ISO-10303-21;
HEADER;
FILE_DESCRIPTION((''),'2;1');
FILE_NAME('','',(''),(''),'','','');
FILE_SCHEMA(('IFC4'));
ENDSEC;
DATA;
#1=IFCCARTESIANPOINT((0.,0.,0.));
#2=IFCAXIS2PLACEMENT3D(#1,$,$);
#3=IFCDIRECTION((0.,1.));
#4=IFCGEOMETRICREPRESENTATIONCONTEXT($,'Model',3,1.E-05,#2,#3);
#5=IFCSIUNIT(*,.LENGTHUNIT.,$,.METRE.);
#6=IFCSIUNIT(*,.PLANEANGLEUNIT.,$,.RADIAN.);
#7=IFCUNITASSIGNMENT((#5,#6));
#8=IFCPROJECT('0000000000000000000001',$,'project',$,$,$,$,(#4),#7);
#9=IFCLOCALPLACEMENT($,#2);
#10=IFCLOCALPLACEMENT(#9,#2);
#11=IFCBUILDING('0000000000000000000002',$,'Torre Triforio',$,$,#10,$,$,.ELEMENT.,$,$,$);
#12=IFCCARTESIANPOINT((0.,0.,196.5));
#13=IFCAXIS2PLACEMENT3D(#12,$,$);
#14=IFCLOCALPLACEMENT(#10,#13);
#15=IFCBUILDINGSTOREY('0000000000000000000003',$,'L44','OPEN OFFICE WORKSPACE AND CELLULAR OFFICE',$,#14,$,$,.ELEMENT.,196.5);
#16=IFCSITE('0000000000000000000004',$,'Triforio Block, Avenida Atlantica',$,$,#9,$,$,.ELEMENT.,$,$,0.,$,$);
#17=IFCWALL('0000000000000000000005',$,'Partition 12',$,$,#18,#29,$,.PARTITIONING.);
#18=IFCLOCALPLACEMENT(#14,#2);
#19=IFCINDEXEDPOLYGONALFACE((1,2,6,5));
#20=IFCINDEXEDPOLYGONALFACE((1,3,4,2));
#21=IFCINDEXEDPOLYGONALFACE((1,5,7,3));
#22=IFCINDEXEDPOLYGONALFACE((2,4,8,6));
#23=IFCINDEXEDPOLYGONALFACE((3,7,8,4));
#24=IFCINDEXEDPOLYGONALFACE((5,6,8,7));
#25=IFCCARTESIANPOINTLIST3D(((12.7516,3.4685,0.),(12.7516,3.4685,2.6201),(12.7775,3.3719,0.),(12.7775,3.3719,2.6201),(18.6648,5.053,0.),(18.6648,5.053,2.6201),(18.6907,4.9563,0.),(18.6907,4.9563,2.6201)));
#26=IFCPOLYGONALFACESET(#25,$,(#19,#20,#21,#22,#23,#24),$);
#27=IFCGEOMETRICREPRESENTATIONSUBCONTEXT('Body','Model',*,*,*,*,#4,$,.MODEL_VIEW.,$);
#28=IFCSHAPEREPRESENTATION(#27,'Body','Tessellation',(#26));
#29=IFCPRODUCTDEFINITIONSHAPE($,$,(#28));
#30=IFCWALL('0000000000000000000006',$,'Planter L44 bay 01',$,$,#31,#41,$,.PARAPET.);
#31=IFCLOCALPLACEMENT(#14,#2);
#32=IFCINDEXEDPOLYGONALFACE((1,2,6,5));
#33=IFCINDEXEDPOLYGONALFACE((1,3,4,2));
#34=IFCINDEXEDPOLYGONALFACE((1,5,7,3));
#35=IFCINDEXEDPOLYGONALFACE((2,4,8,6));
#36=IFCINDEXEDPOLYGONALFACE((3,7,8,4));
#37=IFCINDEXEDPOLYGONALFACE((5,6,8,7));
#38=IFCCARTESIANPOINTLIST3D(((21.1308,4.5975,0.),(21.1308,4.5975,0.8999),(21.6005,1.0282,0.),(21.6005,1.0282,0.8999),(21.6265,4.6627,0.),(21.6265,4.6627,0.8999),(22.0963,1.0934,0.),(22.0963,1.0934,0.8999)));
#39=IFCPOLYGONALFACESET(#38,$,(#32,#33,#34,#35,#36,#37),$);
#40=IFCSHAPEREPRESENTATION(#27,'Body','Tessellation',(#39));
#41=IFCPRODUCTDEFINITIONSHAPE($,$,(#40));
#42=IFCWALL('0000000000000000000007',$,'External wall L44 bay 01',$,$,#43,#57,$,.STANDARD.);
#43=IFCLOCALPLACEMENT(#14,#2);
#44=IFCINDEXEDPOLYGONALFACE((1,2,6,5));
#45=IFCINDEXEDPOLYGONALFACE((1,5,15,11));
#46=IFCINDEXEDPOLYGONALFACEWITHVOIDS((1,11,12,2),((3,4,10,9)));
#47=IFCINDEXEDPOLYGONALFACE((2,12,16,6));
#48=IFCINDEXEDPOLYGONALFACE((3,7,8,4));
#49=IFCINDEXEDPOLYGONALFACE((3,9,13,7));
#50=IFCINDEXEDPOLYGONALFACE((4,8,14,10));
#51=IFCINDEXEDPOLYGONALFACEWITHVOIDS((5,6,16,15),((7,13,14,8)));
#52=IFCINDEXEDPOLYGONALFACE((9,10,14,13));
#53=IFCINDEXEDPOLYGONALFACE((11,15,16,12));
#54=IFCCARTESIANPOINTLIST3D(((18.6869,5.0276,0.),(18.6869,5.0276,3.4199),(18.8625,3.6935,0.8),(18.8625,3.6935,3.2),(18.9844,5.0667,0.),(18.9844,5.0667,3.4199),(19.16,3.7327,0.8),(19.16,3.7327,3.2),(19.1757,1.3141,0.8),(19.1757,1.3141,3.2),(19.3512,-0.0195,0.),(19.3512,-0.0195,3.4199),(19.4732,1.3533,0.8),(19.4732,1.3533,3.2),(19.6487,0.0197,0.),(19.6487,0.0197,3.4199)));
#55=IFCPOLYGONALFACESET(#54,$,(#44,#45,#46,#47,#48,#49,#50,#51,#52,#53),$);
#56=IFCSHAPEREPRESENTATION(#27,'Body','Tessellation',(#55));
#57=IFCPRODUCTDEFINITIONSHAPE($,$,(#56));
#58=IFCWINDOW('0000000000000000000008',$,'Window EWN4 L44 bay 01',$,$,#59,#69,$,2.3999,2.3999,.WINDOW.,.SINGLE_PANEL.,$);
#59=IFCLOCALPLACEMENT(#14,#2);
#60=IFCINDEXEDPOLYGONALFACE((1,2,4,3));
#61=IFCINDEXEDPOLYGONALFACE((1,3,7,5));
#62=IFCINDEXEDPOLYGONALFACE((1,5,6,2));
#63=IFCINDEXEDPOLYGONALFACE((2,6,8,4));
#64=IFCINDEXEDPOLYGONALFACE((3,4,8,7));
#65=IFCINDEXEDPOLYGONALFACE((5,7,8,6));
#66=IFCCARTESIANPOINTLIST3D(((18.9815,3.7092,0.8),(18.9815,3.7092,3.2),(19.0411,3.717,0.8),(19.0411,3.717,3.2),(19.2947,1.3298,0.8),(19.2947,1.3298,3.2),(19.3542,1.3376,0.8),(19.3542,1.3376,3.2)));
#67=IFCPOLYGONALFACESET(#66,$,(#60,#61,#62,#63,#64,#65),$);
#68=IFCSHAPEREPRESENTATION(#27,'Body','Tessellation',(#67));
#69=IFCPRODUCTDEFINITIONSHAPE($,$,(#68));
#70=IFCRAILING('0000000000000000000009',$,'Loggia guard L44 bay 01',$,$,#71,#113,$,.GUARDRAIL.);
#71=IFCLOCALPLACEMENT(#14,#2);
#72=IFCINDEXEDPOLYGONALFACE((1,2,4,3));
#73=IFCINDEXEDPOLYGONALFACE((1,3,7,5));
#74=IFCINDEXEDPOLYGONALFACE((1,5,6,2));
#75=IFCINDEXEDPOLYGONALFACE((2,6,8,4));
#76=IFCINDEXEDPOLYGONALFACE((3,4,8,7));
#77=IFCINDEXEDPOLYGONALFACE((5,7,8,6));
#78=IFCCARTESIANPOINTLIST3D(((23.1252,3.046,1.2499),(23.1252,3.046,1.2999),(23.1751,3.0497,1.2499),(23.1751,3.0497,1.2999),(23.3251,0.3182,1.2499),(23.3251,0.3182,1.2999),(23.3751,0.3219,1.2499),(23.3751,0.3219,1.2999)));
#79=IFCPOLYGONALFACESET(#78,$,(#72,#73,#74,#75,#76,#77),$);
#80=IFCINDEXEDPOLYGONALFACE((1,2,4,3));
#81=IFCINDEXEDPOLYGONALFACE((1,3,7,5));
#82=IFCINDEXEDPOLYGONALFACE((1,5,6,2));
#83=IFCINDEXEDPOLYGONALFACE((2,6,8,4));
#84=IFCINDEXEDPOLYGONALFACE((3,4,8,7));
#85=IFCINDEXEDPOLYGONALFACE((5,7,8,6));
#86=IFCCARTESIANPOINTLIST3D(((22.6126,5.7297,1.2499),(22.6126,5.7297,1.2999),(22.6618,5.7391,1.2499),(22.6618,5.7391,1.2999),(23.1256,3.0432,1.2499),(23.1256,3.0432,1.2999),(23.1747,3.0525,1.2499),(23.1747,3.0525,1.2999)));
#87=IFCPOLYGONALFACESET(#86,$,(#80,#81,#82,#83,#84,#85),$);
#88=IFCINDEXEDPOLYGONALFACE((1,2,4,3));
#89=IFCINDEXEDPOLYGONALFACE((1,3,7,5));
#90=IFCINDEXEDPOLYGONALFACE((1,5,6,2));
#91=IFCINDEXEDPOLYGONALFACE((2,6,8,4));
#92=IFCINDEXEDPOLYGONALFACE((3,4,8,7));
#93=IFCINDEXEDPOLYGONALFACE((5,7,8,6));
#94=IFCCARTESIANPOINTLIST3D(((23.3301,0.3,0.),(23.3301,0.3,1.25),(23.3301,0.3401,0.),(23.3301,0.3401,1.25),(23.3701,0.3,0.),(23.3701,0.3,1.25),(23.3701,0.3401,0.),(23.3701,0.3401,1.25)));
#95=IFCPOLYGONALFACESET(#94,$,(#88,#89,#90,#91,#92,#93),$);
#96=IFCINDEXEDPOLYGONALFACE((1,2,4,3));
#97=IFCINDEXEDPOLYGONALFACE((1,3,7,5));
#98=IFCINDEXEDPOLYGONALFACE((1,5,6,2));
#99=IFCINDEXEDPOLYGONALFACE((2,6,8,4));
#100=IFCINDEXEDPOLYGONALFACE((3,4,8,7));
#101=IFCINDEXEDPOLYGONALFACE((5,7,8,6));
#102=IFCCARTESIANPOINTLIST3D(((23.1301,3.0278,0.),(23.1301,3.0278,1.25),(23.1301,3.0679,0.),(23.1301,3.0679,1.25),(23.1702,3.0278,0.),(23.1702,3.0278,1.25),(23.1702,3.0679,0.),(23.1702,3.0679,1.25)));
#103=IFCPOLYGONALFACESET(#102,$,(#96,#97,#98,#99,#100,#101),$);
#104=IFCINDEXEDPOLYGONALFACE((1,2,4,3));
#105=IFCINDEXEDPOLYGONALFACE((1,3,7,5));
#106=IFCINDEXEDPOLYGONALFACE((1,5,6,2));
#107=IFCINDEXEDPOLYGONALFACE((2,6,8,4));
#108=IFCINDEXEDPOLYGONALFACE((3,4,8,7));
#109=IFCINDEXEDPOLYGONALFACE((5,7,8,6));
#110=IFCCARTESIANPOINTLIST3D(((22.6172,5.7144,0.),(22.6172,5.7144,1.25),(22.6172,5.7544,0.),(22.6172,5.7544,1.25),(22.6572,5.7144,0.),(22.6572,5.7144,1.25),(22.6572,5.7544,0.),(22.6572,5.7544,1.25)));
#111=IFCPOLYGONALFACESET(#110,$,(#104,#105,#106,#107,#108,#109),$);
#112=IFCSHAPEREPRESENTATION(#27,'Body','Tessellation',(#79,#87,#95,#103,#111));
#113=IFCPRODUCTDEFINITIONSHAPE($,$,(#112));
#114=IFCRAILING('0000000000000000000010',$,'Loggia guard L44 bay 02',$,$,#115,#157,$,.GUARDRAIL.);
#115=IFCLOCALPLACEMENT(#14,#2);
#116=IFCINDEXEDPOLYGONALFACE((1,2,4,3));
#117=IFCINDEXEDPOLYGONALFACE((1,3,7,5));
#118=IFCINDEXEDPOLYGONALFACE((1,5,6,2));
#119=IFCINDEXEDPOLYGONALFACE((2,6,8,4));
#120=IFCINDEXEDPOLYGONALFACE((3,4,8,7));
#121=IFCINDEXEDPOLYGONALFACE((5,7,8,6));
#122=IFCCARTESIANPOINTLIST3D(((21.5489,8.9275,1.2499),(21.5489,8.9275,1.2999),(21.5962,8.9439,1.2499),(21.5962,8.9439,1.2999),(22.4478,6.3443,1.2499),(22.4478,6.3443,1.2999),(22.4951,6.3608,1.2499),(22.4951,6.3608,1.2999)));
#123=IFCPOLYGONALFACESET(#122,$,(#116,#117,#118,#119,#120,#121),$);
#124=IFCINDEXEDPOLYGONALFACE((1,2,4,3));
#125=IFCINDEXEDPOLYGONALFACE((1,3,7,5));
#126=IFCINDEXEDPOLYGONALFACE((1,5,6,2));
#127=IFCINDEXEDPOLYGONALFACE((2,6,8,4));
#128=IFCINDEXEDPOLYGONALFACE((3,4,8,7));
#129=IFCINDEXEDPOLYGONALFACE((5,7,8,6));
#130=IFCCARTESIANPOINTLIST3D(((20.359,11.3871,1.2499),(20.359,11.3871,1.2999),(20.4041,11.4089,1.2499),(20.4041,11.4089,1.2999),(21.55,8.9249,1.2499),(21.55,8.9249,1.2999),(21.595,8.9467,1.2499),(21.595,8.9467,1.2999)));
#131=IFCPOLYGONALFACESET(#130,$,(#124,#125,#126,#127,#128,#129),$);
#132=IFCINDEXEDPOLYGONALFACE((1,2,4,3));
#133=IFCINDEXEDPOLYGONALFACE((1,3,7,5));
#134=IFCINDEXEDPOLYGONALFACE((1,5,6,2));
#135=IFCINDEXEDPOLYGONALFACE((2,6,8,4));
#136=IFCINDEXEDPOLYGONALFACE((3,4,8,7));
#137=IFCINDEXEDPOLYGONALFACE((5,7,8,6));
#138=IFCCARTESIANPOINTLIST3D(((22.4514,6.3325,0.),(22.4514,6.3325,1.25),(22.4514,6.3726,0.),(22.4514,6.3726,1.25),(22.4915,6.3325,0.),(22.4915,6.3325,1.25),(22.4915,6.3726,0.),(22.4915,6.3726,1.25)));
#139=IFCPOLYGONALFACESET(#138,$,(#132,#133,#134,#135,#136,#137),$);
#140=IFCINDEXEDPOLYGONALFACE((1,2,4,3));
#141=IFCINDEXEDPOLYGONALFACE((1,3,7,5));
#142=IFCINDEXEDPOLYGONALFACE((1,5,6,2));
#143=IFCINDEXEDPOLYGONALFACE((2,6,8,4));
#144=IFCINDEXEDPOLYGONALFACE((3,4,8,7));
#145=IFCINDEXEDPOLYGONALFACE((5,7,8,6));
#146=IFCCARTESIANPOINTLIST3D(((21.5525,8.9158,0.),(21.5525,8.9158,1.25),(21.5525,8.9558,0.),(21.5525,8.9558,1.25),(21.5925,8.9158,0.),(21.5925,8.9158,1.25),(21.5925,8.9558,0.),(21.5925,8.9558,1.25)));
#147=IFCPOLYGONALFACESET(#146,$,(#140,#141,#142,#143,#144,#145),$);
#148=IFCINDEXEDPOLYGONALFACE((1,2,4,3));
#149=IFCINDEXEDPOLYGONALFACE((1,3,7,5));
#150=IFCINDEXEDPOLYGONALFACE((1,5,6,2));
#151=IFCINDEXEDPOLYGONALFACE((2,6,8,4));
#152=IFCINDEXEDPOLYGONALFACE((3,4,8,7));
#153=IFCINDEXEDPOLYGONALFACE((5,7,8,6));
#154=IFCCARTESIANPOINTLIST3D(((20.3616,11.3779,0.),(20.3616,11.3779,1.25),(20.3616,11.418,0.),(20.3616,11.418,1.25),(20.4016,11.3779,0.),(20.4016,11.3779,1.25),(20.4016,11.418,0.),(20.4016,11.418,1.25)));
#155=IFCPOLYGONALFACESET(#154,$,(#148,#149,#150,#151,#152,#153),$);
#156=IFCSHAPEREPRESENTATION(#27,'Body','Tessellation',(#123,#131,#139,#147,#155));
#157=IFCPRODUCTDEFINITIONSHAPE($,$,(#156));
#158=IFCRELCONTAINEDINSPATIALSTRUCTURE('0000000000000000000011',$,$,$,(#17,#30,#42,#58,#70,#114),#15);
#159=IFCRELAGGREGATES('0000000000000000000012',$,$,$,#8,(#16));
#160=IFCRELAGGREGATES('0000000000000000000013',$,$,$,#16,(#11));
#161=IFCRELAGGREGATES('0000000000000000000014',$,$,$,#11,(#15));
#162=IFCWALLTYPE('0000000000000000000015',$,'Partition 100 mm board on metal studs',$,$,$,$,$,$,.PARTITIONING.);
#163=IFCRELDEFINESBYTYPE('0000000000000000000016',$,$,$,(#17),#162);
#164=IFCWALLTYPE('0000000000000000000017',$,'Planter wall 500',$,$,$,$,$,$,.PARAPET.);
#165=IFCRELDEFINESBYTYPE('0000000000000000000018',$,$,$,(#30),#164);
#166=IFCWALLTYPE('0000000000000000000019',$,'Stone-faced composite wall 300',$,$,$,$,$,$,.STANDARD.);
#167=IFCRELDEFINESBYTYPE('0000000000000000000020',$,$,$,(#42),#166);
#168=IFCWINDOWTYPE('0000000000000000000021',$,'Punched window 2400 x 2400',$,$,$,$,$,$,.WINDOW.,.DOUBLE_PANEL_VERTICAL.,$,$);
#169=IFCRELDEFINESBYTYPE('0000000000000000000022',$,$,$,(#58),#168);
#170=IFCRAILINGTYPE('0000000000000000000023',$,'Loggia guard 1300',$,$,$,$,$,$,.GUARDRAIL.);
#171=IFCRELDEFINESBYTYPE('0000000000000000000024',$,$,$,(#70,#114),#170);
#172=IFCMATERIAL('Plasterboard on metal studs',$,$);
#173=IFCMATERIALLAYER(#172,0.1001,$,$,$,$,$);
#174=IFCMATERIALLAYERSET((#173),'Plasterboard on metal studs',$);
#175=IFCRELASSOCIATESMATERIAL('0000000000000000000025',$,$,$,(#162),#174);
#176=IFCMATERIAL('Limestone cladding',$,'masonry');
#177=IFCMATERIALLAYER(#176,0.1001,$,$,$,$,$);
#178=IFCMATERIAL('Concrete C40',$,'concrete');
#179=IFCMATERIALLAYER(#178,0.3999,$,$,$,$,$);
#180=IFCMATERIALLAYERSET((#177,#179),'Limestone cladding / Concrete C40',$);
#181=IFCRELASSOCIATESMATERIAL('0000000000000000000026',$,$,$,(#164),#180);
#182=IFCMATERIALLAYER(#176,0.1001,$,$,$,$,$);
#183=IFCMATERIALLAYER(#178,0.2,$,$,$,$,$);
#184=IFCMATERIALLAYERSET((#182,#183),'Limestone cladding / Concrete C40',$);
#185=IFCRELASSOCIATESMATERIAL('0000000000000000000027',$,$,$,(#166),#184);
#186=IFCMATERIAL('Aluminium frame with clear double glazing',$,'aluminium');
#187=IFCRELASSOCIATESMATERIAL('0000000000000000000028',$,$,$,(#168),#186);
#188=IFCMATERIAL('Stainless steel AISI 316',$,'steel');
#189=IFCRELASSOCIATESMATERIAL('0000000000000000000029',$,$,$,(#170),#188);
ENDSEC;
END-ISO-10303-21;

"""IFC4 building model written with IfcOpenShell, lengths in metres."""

from ifc_helpers import new_model, si_unit, direction, frame, frame_2d, origin, origin_2d, place, context, subcontext, project, spatial, rectangle, extrude, material, layer, layer_set, type_object, element, fill, save


model = new_model("IFC4")

# Units and contexts
model_context = context("Model", 3, precision=1e-05, world=origin(), true_north=direction((0.0, 1.0)))
body_context = subcontext(model_context, "Body", "Model", "MODEL_VIEW")
ifc_project = project(units=[si_unit("LENGTHUNIT", "METRE"), si_unit("PLANEANGLEUNIT", "RADIAN")], contexts=[model_context])

# Site, building, storey
site_placement = place(None, origin())
site = spatial("IfcSite", under=ifc_project, at=site_placement, Name="Triforio Block, Avenida Atlantica", CompositionType="ELEMENT", RefElevation=0.0)
building_placement = place(site_placement, origin())
building = spatial("IfcBuilding", under=site, at=building_placement, Name="Torre Triforio", CompositionType="ELEMENT")
storey_placement = place(building_placement, frame((0.0, 0.0, 196.5)))
storey = spatial("IfcBuildingStorey", under=building, at=storey_placement, Name="L44", Description="OPEN OFFICE WORKSPACE AND CELLULAR OFFICE", CompositionType="ELEMENT", Elevation=196.5)

# Shared definitions
ifc_material_1 = material(Name="Concrete C40", Category="concrete")

# Shared definitions
ifc_material_2 = material(Name="Plasterboard on metal studs")

# Walls
ifc_layer_1 = layer(ifc_material_2, 0.1001)
ifc_layer_set_1 = layer_set([ifc_layer_1], Name="Plasterboard on metal studs")
wall_type_1 = type_object("IfcWallType", Name="Partition 100 mm board on metal studs", PredefinedType="PARTITIONING", material=ifc_layer_set_1)
wall_1_placement = place(storey_placement, frame((12.7644, 3.4202, 0.0), z_axis=(0.0, 0.0, 1.0), x_axis=(0.965926, 0.258819, 0.0)))
element("IfcWall", 1, at=wall_1_placement, inside=storey, type_object=wall_type_1, Name="Partition 12", PredefinedType="PARTITIONING", context=body_context, shape_type="SweptSolid", body=[
    extrude(rectangle(XDim=6.1218, YDim=0.1001, at=frame_2d((3.061, 0.0))), origin(), (0.0, 0.0, 1.0), 2.6201),
])
ifc_material_3 = material(Name="Limestone cladding", Category="masonry")
ifc_layer_2 = layer(ifc_material_3, 0.1001)
ifc_layer_3 = layer(ifc_material_1, 0.3999)
ifc_layer_set_2 = layer_set([ifc_layer_2, ifc_layer_3], Name="Limestone cladding / Concrete C40")
wall_type_2 = type_object("IfcWallType", Name="Planter wall 500", PredefinedType="PARAPET", material=ifc_layer_set_2)
wall_2_placement = place(storey_placement, frame((21.8484, 1.0608, 0.0), z_axis=(0.0, 0.0, 1.0), x_axis=(-0.130476, 0.991452, 0.0)))
element("IfcWall", 2, at=wall_2_placement, inside=storey, type_object=wall_type_2, Name="Planter L44 bay 01", PredefinedType="PARAPET", context=body_context, shape_type="SweptSolid", body=[
    extrude(rectangle(XDim=3.6001, YDim=0.5, at=frame_2d((1.8, 0.0))), origin(), (0.0, 0.0, 1.0), 0.8999),
])

# Wall, opening, window
ifc_layer_4 = layer(ifc_material_3, 0.1001)
ifc_layer_5 = layer(ifc_material_1, 0.2)
ifc_layer_set_3 = layer_set([ifc_layer_4, ifc_layer_5], Name="Limestone cladding / Concrete C40")
wall_type_3 = type_object("IfcWallType", Name="Stone-faced composite wall 300", PredefinedType="STANDARD", material=ifc_layer_set_3)
wall_3_placement = place(storey_placement, frame((19.5, 0.0, 0.0), z_axis=(0.0, 0.0, 1.0), x_axis=(-0.130495, 0.991449, 0.0)))
wall_3 = element("IfcWall", 3, at=wall_3_placement, inside=storey, type_object=wall_type_3, Name="External wall L44 bay 01", PredefinedType="STANDARD", context=body_context, shape_type="SweptSolid", body=[
    extrude(rectangle(XDim=5.0906, YDim=0.3, at=frame_2d((2.5454, 0.0))), origin(), (0.0, 0.0, 1.0), 3.4199),
])
opening_1_placement = place(wall_3_placement, frame((1.3452, 0.0, 0.8)))
opening_1 = element("IfcOpeningElement", 4, at=opening_1_placement, cuts=wall_3, PredefinedType="OPENING", context=body_context, shape_type="SweptSolid", body=[
    extrude(rectangle(XDim=2.3999, YDim=2.3999, at=frame_2d((1.2, 1.2))), frame((0.0, 0.1599, 0.0), z_axis=(0.0, -1.0, 0.0), x_axis=(1.0, 0.0, 0.0)), (0.0, 0.0, 1.0), 0.3201),
])
ifc_material_4 = material(Name="Aluminium frame with clear double glazing", Category="aluminium")
window_type_1 = type_object("IfcWindowType", Name="Punched window 2400 x 2400", PartitioningType="DOUBLE_PANEL_VERTICAL", PredefinedType="WINDOW", material=ifc_material_4)
window_1_placement = place(opening_1_placement, origin())
window_1 = element("IfcWindow", 5, at=window_1_placement, inside=storey, type_object=window_type_1, Name="Window EWN4 L44 bay 01", OverallHeight=2.3999, OverallWidth=2.3999, PartitioningType="SINGLE_PANEL", PredefinedType="WINDOW", context=body_context, shape_type="SweptSolid", body=[
    extrude(rectangle(XDim=2.3999, YDim=2.3999, at=frame_2d((1.2, 1.2))), frame((0.0, 0.03, 0.0), z_axis=(0.0, -1.0, 0.0), x_axis=(1.0, 0.0, 0.0)), (0.0, 0.0, 1.0), 0.0601),
])
fill(opening_1, window_1)

# Railings
ifc_material_5 = material(Name="Stainless steel AISI 316", Category="steel")
railing_type = type_object("IfcRailingType", Name="Loggia guard 1300", PredefinedType="GUARDRAIL", material=ifc_material_5)
railing_1_placement = place(storey_placement, frame((23.3501, 0.3201, 0.0)))
element("IfcRailing", 6, at=railing_1_placement, inside=storey, type_object=railing_type, Name="Loggia guard L44 bay 01", PredefinedType="GUARDRAIL", context=body_context, shape_type="SweptSolid", body=[
    extrude(rectangle(XDim=0.05, YDim=0.05, at=origin_2d()), frame((0.0, 0.0, 1.2749), z_axis=(-0.073106, 0.997324, 0.0), x_axis=(-0.997324, -0.073106, 0.0)), (0.0, 0.0, 1.0), 2.7351),
    extrude(rectangle(XDim=0.05, YDim=0.05, at=origin_2d()), frame((-0.2, 2.7278, 1.2749), z_axis=(-0.187543, 0.982256, 0.0), x_axis=(-0.982256, -0.187543, 0.0)), (0.0, 0.0, 1.0), 2.7351),
    extrude(rectangle(XDim=0.04, YDim=0.04, at=origin_2d()), origin(), (0.0, 0.0, 1.0), 1.25),
    extrude(rectangle(XDim=0.04, YDim=0.04, at=origin_2d()), frame((-0.2, 2.7278, 0.0)), (0.0, 0.0, 1.0), 1.25),
    extrude(rectangle(XDim=0.04, YDim=0.04, at=origin_2d()), frame((-0.7129, 5.4143, 0.0)), (0.0, 0.0, 1.0), 1.25),
])
railing_2_placement = place(storey_placement, frame((22.4714, 6.3525, 0.0)))
element("IfcRailing", 7, at=railing_2_placement, inside=storey, type_object=railing_type, Name="Loggia guard L44 bay 02", PredefinedType="GUARDRAIL", context=body_context, shape_type="SweptSolid", body=[
    extrude(rectangle(XDim=0.05, YDim=0.05, at=origin_2d()), frame((0.0, 0.0, 1.2749), z_axis=(-0.328652, 0.944451, 0.0), x_axis=(-0.944451, -0.328652, 0.0)), (0.0, 0.0, 1.0), 2.7351),
    extrude(rectangle(XDim=0.05, YDim=0.05, at=origin_2d()), frame((-0.8989, 2.5833, 1.2749), z_axis=(-0.435428, 0.900224, 0.0), x_axis=(-0.900224, -0.435428, 0.0)), (0.0, 0.0, 1.0), 2.7351),
    extrude(rectangle(XDim=0.04, YDim=0.04, at=origin_2d()), origin(), (0.0, 0.0, 1.0), 1.25),
    extrude(rectangle(XDim=0.04, YDim=0.04, at=origin_2d()), frame((-0.8989, 2.5833, 0.0)), (0.0, 0.0, 1.0), 1.25),
    extrude(rectangle(XDim=0.04, YDim=0.04, at=origin_2d()), frame((-2.0898, 5.0454, 0.0)), (0.0, 0.0, 1.0), 1.25),
])

save(model, "model.ifc")
